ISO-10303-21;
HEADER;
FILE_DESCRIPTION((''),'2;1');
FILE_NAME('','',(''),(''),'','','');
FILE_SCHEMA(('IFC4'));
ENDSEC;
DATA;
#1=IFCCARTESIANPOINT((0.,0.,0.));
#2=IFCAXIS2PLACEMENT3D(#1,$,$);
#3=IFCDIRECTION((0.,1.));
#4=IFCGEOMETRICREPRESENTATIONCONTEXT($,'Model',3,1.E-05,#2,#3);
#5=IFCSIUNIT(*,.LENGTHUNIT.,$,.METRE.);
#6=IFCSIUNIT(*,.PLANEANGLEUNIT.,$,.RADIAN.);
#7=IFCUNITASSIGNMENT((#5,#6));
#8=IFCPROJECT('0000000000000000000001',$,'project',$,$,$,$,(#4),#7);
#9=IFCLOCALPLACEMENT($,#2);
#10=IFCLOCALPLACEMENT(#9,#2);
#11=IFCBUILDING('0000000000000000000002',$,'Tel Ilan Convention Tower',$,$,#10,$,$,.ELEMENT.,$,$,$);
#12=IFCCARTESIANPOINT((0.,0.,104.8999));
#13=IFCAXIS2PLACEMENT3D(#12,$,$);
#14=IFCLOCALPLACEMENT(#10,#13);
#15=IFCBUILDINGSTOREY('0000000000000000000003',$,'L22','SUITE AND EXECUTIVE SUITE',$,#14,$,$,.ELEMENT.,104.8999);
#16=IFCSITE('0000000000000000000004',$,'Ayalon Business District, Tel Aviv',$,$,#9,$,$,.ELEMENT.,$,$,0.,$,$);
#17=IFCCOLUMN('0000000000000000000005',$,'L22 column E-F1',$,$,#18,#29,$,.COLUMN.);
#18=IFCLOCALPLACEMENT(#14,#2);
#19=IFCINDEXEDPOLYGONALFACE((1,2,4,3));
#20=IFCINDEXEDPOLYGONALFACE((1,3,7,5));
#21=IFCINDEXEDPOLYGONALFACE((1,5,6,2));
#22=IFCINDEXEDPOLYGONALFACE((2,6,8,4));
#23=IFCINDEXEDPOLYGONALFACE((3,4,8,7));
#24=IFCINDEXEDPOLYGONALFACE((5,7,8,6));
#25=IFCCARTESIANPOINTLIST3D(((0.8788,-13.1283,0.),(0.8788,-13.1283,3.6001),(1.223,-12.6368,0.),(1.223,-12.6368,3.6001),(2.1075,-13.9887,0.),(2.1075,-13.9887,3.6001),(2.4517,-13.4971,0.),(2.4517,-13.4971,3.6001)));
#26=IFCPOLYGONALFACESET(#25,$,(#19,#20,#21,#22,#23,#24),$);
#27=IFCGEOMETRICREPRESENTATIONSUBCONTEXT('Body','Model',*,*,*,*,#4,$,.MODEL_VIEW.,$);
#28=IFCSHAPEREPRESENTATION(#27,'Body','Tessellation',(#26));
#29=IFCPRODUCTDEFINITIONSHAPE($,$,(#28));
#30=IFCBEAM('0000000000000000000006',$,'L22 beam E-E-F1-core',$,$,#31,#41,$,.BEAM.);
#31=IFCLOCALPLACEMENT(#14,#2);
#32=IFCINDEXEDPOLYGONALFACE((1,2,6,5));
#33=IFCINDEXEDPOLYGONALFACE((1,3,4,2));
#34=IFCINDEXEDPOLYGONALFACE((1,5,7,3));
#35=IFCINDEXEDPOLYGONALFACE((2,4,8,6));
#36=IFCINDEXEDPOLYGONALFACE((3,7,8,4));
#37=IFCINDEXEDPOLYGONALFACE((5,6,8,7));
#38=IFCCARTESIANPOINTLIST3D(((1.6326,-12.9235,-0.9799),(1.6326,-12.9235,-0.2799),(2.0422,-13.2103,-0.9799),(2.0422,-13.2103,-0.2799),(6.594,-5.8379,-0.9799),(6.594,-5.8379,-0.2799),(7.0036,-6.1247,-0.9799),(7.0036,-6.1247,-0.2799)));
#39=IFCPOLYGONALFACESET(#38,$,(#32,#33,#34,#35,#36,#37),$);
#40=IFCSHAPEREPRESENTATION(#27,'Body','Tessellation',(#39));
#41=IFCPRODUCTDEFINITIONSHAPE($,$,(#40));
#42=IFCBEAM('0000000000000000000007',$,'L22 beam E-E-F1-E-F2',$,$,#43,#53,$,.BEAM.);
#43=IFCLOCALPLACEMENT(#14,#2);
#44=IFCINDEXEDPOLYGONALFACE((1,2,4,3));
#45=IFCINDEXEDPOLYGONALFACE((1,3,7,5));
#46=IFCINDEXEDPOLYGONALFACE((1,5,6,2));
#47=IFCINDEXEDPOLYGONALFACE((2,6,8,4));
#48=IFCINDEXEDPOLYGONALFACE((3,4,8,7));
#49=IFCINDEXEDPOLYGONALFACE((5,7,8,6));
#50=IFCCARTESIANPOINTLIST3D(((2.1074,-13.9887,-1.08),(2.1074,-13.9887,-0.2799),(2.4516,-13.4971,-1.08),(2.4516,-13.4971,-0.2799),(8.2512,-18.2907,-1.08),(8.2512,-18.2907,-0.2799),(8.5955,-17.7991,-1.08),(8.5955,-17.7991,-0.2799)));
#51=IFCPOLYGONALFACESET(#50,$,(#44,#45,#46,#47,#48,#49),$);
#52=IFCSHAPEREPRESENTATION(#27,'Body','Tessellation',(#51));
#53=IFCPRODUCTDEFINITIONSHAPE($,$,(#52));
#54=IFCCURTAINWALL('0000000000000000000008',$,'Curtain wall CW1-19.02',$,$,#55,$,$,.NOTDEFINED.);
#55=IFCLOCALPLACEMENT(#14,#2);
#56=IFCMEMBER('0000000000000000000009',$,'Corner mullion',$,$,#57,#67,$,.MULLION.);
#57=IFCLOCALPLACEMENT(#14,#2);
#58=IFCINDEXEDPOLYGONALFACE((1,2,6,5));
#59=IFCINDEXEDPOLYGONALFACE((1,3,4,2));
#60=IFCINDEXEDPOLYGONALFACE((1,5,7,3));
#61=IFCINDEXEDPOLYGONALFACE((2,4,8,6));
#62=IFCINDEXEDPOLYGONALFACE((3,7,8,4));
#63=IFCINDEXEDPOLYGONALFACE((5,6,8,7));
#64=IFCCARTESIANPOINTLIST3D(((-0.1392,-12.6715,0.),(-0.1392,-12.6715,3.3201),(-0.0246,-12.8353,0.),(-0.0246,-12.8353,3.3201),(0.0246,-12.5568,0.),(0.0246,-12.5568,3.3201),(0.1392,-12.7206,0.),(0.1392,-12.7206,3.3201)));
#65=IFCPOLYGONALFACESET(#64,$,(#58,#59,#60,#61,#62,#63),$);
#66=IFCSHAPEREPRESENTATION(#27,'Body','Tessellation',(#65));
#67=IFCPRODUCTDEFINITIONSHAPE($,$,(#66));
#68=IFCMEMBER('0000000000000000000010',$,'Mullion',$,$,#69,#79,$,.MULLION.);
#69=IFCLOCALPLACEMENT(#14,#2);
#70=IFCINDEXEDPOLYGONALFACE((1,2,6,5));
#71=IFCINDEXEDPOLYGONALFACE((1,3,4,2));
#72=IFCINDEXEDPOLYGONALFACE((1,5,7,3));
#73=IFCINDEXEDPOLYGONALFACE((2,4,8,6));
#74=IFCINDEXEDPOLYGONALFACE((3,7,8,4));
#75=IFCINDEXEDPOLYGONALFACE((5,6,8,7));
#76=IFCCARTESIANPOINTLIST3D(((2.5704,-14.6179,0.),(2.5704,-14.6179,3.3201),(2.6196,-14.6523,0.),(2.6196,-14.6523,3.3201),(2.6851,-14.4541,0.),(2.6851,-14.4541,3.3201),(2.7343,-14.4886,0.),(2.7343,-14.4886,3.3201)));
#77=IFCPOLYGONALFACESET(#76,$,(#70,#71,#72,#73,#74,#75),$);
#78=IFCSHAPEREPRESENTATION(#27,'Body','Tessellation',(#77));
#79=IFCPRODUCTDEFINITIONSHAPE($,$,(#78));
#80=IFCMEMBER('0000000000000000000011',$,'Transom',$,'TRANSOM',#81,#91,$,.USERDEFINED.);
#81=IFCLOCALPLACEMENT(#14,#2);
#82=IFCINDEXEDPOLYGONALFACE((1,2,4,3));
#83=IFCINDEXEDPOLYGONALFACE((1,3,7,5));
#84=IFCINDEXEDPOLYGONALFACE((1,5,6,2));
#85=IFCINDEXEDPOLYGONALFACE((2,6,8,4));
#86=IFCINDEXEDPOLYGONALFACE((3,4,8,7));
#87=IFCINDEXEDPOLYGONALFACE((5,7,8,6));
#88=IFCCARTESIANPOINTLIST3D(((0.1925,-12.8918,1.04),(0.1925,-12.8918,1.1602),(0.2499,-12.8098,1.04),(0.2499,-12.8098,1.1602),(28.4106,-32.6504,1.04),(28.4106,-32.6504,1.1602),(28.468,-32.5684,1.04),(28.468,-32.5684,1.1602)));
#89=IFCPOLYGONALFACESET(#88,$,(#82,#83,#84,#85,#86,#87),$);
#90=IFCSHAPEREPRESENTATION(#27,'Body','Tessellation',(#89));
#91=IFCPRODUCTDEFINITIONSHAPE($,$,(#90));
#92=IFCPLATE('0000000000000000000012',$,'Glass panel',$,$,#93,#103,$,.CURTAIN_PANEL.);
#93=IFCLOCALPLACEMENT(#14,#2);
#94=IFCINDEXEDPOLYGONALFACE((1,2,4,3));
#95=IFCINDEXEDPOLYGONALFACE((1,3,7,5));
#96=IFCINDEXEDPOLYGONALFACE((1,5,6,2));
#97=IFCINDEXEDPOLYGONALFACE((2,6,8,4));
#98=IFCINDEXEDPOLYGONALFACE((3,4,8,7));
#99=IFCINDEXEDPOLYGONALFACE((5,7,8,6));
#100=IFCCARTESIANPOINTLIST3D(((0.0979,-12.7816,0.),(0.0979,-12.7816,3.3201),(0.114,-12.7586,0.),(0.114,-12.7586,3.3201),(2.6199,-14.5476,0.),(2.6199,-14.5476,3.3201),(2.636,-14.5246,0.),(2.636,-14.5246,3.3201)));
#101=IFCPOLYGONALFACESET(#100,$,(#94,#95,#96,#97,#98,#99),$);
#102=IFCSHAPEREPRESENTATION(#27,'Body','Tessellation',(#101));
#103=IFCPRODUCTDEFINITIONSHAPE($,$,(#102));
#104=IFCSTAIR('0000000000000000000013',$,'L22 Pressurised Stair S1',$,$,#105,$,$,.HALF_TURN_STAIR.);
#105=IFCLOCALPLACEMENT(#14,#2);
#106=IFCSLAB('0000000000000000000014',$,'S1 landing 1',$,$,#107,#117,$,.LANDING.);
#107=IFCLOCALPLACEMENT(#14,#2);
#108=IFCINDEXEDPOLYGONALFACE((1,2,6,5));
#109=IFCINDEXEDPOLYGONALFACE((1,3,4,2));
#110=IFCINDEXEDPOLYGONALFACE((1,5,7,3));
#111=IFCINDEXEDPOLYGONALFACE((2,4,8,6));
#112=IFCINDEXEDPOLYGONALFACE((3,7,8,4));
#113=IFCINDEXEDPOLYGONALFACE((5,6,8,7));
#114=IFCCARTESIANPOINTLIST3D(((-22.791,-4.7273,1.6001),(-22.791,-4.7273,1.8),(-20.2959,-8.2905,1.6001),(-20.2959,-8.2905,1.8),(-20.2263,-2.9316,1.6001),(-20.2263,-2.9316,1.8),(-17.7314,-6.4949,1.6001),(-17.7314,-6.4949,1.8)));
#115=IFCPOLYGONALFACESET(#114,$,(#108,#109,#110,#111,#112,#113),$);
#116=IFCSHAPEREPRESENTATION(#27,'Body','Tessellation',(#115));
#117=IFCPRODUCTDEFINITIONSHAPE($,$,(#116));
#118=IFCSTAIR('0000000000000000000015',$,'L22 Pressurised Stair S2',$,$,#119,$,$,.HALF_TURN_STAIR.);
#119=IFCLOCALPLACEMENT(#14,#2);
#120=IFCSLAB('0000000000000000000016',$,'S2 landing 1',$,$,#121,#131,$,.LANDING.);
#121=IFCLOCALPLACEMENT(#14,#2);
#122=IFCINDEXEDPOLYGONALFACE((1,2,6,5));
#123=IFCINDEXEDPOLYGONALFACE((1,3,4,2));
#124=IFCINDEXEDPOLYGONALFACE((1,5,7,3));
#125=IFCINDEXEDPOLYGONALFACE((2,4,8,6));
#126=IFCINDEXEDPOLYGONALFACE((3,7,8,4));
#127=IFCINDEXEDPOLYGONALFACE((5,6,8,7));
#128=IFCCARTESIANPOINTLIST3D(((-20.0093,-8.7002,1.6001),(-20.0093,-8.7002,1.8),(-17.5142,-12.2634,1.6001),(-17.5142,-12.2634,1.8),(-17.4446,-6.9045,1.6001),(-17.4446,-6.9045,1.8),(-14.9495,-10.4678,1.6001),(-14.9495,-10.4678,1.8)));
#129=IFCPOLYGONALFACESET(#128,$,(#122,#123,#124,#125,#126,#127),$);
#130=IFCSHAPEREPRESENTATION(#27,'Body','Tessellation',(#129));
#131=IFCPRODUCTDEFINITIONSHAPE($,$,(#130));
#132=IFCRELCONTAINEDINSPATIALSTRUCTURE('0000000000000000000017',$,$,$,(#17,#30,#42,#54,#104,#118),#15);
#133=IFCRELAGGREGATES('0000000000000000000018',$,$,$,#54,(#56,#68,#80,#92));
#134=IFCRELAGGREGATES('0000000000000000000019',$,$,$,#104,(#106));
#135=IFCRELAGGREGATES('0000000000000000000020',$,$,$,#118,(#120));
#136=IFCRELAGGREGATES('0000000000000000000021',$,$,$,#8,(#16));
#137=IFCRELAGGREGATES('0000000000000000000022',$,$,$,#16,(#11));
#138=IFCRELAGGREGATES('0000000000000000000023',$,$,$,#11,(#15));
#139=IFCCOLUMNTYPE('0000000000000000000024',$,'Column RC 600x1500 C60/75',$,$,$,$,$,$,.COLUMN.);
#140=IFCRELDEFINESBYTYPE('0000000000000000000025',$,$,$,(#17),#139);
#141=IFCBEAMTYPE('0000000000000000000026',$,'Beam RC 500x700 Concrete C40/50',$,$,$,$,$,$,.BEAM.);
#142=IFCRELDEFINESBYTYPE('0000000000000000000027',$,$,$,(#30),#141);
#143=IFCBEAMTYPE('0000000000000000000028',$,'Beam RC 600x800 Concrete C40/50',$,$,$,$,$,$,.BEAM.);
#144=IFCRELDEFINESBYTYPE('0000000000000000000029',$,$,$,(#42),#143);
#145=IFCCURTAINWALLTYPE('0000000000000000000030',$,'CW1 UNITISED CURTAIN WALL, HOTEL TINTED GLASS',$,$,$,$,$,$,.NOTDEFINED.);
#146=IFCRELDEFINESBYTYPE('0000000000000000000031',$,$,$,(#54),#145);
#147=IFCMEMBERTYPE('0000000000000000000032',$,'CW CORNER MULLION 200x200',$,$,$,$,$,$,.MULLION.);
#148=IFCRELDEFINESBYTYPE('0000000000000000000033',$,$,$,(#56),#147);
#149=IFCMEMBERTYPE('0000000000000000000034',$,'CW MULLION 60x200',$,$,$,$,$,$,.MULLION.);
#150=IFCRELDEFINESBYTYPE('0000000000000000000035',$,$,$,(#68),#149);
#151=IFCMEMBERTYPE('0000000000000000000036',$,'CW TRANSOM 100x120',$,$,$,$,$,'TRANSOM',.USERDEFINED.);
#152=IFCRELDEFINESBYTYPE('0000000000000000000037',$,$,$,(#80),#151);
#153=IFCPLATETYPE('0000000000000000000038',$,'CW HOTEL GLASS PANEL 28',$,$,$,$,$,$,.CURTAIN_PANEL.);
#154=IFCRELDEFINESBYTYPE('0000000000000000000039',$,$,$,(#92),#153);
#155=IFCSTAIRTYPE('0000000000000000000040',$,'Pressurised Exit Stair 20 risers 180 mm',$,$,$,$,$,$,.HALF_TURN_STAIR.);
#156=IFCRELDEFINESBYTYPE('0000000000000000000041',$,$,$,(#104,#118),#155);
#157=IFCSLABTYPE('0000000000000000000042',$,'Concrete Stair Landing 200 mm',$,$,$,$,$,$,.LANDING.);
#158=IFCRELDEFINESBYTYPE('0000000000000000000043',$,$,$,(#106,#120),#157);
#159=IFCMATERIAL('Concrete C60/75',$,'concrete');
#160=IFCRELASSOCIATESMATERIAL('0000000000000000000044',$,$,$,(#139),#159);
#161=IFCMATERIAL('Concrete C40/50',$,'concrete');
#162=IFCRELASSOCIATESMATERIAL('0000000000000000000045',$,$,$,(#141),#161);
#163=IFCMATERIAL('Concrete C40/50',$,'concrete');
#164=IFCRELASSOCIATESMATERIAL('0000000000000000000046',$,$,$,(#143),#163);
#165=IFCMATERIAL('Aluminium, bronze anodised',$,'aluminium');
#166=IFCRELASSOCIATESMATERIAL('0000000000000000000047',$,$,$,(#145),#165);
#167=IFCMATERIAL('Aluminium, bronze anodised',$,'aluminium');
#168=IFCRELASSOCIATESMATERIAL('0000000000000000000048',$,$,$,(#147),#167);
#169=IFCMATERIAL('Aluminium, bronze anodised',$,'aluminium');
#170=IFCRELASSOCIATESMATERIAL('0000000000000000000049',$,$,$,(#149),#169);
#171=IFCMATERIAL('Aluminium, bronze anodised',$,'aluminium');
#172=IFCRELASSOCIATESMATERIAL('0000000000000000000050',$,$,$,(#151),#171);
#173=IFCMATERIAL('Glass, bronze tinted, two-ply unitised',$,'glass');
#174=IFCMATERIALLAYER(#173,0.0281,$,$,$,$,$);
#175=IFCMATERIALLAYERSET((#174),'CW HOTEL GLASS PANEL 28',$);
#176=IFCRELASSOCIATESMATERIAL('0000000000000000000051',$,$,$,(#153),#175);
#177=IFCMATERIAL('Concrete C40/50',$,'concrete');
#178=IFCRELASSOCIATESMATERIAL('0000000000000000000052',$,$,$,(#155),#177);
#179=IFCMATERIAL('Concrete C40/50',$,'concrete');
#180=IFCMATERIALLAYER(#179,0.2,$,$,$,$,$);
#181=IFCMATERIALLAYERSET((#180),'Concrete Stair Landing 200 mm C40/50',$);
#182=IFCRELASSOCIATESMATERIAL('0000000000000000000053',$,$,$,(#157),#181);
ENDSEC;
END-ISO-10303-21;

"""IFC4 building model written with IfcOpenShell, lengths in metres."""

from ifc_helpers import new_model, si_unit, direction, frame, origin, origin_2d, place, context, subcontext, project, spatial, polyline, rectangle, outline, extrude, material, layer, layer_set, material_profile, profile_set, type_object, element, aggregate, save


model = new_model("IFC4")

# Units and contexts
model_context = context("Model", 3, precision=1e-05, world=origin(), true_north=direction((0.0, 1.0)))
body_context = subcontext(model_context, "Body", "Model", "MODEL_VIEW")
ifc_project = project(units=[si_unit("LENGTHUNIT", "METRE"), si_unit("PLANEANGLEUNIT", "RADIAN")], contexts=[model_context])

# Site, building, storey
site_placement = place(None, origin())
site = spatial("IfcSite", under=ifc_project, at=site_placement, Name="Ayalon Business District, Tel Aviv", CompositionType="ELEMENT", RefElevation=0.0)
building_placement = place(site_placement, origin())
building = spatial("IfcBuilding", under=site, at=building_placement, Name="Tel Ilan Convention Tower", CompositionType="ELEMENT")
storey_placement = place(building_placement, frame((0.0, 0.0, 104.8999)))
storey = spatial("IfcBuildingStorey", under=building, at=storey_placement, Name="L22", Description="SUITE AND EXECUTIVE SUITE", CompositionType="ELEMENT", Elevation=104.8999)

# Column
ifc_material_1 = material(Name="Concrete C60/75", Category="concrete")
ifc_material_profile_1 = material_profile(ifc_material_1, rectangle(XDim=1.5, YDim=0.6001, at=origin_2d()), Name="RC 600x1500")
ifc_profile_set_1 = profile_set([ifc_material_profile_1], Name="Concrete C60/75")
column_type = type_object("IfcColumnType", Name="Column RC 600x1500 C60/75", PredefinedType="COLUMN", material=ifc_profile_set_1)
column_placement = place(storey_placement, frame((1.6653, -13.3127, 0.0), z_axis=(0.0, 0.0, 1.0), x_axis=(0.819152, -0.573576, 0.0)))
element("IfcColumn", 1, at=column_placement, inside=storey, type_object=column_type, Name="L22 column E-F1", PredefinedType="COLUMN", context=body_context, shape_type="SweptSolid", body=[
    extrude(rectangle(XDim=1.5, YDim=0.6001, at=origin_2d()), origin(), (0.0, 0.0, 1.0), 3.6001),
])

# Beams
ifc_material_2 = material(Name="Concrete C40/50", Category="concrete")
ifc_material_profile_2 = material_profile(ifc_material_2, rectangle(XDim=0.5, YDim=0.7, at=origin_2d()), Name="RC 500x700")
ifc_profile_set_2 = profile_set([ifc_material_profile_2], Name="Concrete C40/50")
beam_type_1 = type_object("IfcBeamType", Name="Beam RC 500x700 Concrete C40/50", PredefinedType="BEAM", material=ifc_profile_set_2)
beam_1_placement = place(storey_placement, frame((1.8374, -13.0669, -0.6299), z_axis=(0.573574, 0.819154, 0.0), x_axis=(-0.819154, 0.573574, 0.0)))
element("IfcBeam", 2, at=beam_1_placement, inside=storey, type_object=beam_type_1, Name="L22 beam E-E-F1-core", PredefinedType="BEAM", context=body_context, shape_type="SweptSolid", body=[
    extrude(rectangle(XDim=0.5, YDim=0.7, at=origin_2d()), origin(), (0.0, 0.0, 1.0), 8.6499),
])
ifc_material_3 = material(Name="Concrete C40/50", Category="concrete")
ifc_material_profile_3 = material_profile(ifc_material_3, rectangle(XDim=0.6001, YDim=0.8, at=origin_2d()), Name="RC 600x800")
ifc_profile_set_3 = profile_set([ifc_material_profile_3], Name="Concrete C40/50")
beam_type_2 = type_object("IfcBeamType", Name="Beam RC 600x800 Concrete C40/50", PredefinedType="BEAM", material=ifc_profile_set_3)
beam_2_placement = place(storey_placement, frame((2.2795, -13.7429, -0.6799), z_axis=(0.819148, -0.573582, 0.0), x_axis=(0.573582, 0.819148, 0.0)))
element("IfcBeam", 3, at=beam_2_placement, inside=storey, type_object=beam_type_2, Name="L22 beam E-E-F1-E-F2", PredefinedType="BEAM", context=body_context, shape_type="SweptSolid", body=[
    extrude(rectangle(XDim=0.6001, YDim=0.8, at=origin_2d()), origin(), (0.0, 0.0, 1.0), 7.5002),
])

# Curtain wall, members, plate
ifc_material_4 = material(Name="Aluminium, bronze anodised", Category="aluminium")
curtain_wall_type = type_object("IfcCurtainWallType", Name="CW1 UNITISED CURTAIN WALL, HOTEL TINTED GLASS", PredefinedType="NOTDEFINED", material=ifc_material_4)
curtain_wall_placement = place(storey_placement, origin())
curtain_wall = element("IfcCurtainWall", 4, at=curtain_wall_placement, inside=storey, type_object=curtain_wall_type, Name="Curtain wall CW1-19.02", PredefinedType="NOTDEFINED")
ifc_material_5 = material(Name="Aluminium, bronze anodised", Category="aluminium")
ifc_material_profile_4 = material_profile(ifc_material_5, rectangle(XDim=0.2, YDim=0.2, at=origin_2d()), Name="CW CORNER MULLION 200x200")
ifc_profile_set_4 = profile_set([ifc_material_profile_4], Name="Aluminium, bronze anodised")
member_type_1 = type_object("IfcMemberType", Name="CW CORNER MULLION 200x200", PredefinedType="MULLION", material=ifc_profile_set_4)
member_1_placement = place(storey_placement, frame((0.0, -12.696, 0.0), z_axis=(0.0, 0.0, 1.0), x_axis=(0.819152, 0.573576, 0.0)))
member_1 = element("IfcMember", 5, at=member_1_placement, type_object=member_type_1, Name="Corner mullion", PredefinedType="MULLION", context=body_context, shape_type="SweptSolid", body=[
    extrude(rectangle(XDim=0.2, YDim=0.2, at=origin_2d()), origin(), (0.0, 0.0, 1.0), 3.3201),
])
ifc_material_6 = material(Name="Aluminium, bronze anodised", Category="aluminium")
ifc_material_profile_5 = material_profile(ifc_material_6, rectangle(XDim=0.0601, YDim=0.2, at=origin_2d()), Name="CW MULLION 60x200")
ifc_profile_set_5 = profile_set([ifc_material_profile_5], Name="Aluminium, bronze anodised")
member_type_2 = type_object("IfcMemberType", Name="CW MULLION 60x200", PredefinedType="MULLION", material=ifc_profile_set_5)
member_2_placement = place(storey_placement, frame((2.6523, -14.5532, 0.0), z_axis=(0.0, 0.0, 1.0), x_axis=(0.819152, -0.573576, 0.0)))
member_2 = element("IfcMember", 6, at=member_2_placement, type_object=member_type_2, Name="Mullion", PredefinedType="MULLION", context=body_context, shape_type="SweptSolid", body=[
    extrude(rectangle(XDim=0.0601, YDim=0.2, at=origin_2d()), origin(), (0.0, 0.0, 1.0), 3.3201),
])
ifc_material_7 = material(Name="Aluminium, bronze anodised", Category="aluminium")
ifc_material_profile_6 = material_profile(ifc_material_7, rectangle(XDim=0.1001, YDim=0.1201, at=origin_2d()), Name="CW TRANSOM 100x120")
ifc_profile_set_6 = profile_set([ifc_material_profile_6], Name="Aluminium, bronze anodised")
member_type_3 = type_object("IfcMemberType", Name="CW TRANSOM 100x120", ElementType="TRANSOM", PredefinedType="USERDEFINED", material=ifc_profile_set_6)
member_3_placement = place(storey_placement, frame((0.2212, -12.8508, 1.1001), z_axis=(0.819151, -0.573578, 0.0), x_axis=(0.573578, 0.819151, 0.0)))
member_3 = element("IfcMember", 7, at=member_3_placement, type_object=member_type_3, Name="Transom", ObjectType="TRANSOM", PredefinedType="USERDEFINED", context=body_context, shape_type="SweptSolid", body=[
    extrude(rectangle(XDim=0.1001, YDim=0.1201, at=origin_2d()), origin(), (0.0, 0.0, 1.0), 34.448),
])
ifc_material_8 = material(Name="Glass, bronze tinted, two-ply unitised", Category="glass")
ifc_layer_1 = layer(ifc_material_8, 0.0281)
ifc_layer_set_1 = layer_set([ifc_layer_1], Name="CW HOTEL GLASS PANEL 28")
plate_type = type_object("IfcPlateType", Name="CW HOTEL GLASS PANEL 28", PredefinedType="CURTAIN_PANEL", material=ifc_layer_set_1)
plate_placement = place(storey_placement, frame((1.3669, -13.6531, 0.0), z_axis=(0.0, 0.0, 1.0), x_axis=(0.819152, -0.573576, 0.0)))
plate = element("IfcPlate", 8, at=plate_placement, type_object=plate_type, Name="Glass panel", PredefinedType="CURTAIN_PANEL", context=body_context, shape_type="SweptSolid", body=[
    extrude(rectangle(XDim=3.0789, YDim=0.0281, at=origin_2d()), origin(), (0.0, 0.0, 1.0), 3.3201),
])
aggregate(curtain_wall, [member_1, member_2, member_3, plate])

# Stairs, slabs
ifc_material_9 = material(Name="Concrete C40/50", Category="concrete")
stair_type = type_object("IfcStairType", Name="Pressurised Exit Stair 20 risers 180 mm", PredefinedType="HALF_TURN_STAIR", material=ifc_material_9)
stair_1_placement = place(storey_placement, origin())
stair_1 = element("IfcStair", 9, at=stair_1_placement, inside=storey, type_object=stair_type, Name="L22 Pressurised Stair S1", PredefinedType="HALF_TURN_STAIR")
ifc_material_10 = material(Name="Concrete C40/50", Category="concrete")
ifc_layer_2 = layer(ifc_material_10, 0.2)
ifc_layer_set_2 = layer_set([ifc_layer_2], Name="Concrete Stair Landing 200 mm C40/50")
slab_type = type_object("IfcSlabType", Name="Concrete Stair Landing 200 mm", PredefinedType="LANDING", material=ifc_layer_set_2)
slab_1_placement = place(storey_placement, frame((0.0, 0.0, 1.6001)))
slab_1 = element("IfcSlab", 10, at=slab_1_placement, type_object=slab_type, Name="S1 landing 1", PredefinedType="LANDING", context=body_context, shape_type="SweptSolid", body=[
    extrude(outline(polyline([(-20.2959, -8.2905), (-17.7314, -6.4949), (-20.2263, -2.9316), (-22.791, -4.7273), (-20.2959, -8.2905)])), origin(), (0.0, 0.0, 1.0), 0.2),
])
aggregate(stair_1, [slab_1])
stair_2_placement = place(storey_placement, origin())
stair_2 = element("IfcStair", 11, at=stair_2_placement, inside=storey, type_object=stair_type, Name="L22 Pressurised Stair S2", PredefinedType="HALF_TURN_STAIR")
slab_2_placement = place(storey_placement, frame((0.0, 0.0, 1.6001)))
slab_2 = element("IfcSlab", 12, at=slab_2_placement, type_object=slab_type, Name="S2 landing 1", PredefinedType="LANDING", context=body_context, shape_type="SweptSolid", body=[
    extrude(outline(polyline([(-17.5142, -12.2634), (-14.9495, -10.4678), (-17.4446, -6.9045), (-20.0093, -8.7002), (-17.5142, -12.2634)])), origin(), (0.0, 0.0, 1.0), 0.2),
])
aggregate(stair_2, [slab_2])

save(model, "model.ifc")
